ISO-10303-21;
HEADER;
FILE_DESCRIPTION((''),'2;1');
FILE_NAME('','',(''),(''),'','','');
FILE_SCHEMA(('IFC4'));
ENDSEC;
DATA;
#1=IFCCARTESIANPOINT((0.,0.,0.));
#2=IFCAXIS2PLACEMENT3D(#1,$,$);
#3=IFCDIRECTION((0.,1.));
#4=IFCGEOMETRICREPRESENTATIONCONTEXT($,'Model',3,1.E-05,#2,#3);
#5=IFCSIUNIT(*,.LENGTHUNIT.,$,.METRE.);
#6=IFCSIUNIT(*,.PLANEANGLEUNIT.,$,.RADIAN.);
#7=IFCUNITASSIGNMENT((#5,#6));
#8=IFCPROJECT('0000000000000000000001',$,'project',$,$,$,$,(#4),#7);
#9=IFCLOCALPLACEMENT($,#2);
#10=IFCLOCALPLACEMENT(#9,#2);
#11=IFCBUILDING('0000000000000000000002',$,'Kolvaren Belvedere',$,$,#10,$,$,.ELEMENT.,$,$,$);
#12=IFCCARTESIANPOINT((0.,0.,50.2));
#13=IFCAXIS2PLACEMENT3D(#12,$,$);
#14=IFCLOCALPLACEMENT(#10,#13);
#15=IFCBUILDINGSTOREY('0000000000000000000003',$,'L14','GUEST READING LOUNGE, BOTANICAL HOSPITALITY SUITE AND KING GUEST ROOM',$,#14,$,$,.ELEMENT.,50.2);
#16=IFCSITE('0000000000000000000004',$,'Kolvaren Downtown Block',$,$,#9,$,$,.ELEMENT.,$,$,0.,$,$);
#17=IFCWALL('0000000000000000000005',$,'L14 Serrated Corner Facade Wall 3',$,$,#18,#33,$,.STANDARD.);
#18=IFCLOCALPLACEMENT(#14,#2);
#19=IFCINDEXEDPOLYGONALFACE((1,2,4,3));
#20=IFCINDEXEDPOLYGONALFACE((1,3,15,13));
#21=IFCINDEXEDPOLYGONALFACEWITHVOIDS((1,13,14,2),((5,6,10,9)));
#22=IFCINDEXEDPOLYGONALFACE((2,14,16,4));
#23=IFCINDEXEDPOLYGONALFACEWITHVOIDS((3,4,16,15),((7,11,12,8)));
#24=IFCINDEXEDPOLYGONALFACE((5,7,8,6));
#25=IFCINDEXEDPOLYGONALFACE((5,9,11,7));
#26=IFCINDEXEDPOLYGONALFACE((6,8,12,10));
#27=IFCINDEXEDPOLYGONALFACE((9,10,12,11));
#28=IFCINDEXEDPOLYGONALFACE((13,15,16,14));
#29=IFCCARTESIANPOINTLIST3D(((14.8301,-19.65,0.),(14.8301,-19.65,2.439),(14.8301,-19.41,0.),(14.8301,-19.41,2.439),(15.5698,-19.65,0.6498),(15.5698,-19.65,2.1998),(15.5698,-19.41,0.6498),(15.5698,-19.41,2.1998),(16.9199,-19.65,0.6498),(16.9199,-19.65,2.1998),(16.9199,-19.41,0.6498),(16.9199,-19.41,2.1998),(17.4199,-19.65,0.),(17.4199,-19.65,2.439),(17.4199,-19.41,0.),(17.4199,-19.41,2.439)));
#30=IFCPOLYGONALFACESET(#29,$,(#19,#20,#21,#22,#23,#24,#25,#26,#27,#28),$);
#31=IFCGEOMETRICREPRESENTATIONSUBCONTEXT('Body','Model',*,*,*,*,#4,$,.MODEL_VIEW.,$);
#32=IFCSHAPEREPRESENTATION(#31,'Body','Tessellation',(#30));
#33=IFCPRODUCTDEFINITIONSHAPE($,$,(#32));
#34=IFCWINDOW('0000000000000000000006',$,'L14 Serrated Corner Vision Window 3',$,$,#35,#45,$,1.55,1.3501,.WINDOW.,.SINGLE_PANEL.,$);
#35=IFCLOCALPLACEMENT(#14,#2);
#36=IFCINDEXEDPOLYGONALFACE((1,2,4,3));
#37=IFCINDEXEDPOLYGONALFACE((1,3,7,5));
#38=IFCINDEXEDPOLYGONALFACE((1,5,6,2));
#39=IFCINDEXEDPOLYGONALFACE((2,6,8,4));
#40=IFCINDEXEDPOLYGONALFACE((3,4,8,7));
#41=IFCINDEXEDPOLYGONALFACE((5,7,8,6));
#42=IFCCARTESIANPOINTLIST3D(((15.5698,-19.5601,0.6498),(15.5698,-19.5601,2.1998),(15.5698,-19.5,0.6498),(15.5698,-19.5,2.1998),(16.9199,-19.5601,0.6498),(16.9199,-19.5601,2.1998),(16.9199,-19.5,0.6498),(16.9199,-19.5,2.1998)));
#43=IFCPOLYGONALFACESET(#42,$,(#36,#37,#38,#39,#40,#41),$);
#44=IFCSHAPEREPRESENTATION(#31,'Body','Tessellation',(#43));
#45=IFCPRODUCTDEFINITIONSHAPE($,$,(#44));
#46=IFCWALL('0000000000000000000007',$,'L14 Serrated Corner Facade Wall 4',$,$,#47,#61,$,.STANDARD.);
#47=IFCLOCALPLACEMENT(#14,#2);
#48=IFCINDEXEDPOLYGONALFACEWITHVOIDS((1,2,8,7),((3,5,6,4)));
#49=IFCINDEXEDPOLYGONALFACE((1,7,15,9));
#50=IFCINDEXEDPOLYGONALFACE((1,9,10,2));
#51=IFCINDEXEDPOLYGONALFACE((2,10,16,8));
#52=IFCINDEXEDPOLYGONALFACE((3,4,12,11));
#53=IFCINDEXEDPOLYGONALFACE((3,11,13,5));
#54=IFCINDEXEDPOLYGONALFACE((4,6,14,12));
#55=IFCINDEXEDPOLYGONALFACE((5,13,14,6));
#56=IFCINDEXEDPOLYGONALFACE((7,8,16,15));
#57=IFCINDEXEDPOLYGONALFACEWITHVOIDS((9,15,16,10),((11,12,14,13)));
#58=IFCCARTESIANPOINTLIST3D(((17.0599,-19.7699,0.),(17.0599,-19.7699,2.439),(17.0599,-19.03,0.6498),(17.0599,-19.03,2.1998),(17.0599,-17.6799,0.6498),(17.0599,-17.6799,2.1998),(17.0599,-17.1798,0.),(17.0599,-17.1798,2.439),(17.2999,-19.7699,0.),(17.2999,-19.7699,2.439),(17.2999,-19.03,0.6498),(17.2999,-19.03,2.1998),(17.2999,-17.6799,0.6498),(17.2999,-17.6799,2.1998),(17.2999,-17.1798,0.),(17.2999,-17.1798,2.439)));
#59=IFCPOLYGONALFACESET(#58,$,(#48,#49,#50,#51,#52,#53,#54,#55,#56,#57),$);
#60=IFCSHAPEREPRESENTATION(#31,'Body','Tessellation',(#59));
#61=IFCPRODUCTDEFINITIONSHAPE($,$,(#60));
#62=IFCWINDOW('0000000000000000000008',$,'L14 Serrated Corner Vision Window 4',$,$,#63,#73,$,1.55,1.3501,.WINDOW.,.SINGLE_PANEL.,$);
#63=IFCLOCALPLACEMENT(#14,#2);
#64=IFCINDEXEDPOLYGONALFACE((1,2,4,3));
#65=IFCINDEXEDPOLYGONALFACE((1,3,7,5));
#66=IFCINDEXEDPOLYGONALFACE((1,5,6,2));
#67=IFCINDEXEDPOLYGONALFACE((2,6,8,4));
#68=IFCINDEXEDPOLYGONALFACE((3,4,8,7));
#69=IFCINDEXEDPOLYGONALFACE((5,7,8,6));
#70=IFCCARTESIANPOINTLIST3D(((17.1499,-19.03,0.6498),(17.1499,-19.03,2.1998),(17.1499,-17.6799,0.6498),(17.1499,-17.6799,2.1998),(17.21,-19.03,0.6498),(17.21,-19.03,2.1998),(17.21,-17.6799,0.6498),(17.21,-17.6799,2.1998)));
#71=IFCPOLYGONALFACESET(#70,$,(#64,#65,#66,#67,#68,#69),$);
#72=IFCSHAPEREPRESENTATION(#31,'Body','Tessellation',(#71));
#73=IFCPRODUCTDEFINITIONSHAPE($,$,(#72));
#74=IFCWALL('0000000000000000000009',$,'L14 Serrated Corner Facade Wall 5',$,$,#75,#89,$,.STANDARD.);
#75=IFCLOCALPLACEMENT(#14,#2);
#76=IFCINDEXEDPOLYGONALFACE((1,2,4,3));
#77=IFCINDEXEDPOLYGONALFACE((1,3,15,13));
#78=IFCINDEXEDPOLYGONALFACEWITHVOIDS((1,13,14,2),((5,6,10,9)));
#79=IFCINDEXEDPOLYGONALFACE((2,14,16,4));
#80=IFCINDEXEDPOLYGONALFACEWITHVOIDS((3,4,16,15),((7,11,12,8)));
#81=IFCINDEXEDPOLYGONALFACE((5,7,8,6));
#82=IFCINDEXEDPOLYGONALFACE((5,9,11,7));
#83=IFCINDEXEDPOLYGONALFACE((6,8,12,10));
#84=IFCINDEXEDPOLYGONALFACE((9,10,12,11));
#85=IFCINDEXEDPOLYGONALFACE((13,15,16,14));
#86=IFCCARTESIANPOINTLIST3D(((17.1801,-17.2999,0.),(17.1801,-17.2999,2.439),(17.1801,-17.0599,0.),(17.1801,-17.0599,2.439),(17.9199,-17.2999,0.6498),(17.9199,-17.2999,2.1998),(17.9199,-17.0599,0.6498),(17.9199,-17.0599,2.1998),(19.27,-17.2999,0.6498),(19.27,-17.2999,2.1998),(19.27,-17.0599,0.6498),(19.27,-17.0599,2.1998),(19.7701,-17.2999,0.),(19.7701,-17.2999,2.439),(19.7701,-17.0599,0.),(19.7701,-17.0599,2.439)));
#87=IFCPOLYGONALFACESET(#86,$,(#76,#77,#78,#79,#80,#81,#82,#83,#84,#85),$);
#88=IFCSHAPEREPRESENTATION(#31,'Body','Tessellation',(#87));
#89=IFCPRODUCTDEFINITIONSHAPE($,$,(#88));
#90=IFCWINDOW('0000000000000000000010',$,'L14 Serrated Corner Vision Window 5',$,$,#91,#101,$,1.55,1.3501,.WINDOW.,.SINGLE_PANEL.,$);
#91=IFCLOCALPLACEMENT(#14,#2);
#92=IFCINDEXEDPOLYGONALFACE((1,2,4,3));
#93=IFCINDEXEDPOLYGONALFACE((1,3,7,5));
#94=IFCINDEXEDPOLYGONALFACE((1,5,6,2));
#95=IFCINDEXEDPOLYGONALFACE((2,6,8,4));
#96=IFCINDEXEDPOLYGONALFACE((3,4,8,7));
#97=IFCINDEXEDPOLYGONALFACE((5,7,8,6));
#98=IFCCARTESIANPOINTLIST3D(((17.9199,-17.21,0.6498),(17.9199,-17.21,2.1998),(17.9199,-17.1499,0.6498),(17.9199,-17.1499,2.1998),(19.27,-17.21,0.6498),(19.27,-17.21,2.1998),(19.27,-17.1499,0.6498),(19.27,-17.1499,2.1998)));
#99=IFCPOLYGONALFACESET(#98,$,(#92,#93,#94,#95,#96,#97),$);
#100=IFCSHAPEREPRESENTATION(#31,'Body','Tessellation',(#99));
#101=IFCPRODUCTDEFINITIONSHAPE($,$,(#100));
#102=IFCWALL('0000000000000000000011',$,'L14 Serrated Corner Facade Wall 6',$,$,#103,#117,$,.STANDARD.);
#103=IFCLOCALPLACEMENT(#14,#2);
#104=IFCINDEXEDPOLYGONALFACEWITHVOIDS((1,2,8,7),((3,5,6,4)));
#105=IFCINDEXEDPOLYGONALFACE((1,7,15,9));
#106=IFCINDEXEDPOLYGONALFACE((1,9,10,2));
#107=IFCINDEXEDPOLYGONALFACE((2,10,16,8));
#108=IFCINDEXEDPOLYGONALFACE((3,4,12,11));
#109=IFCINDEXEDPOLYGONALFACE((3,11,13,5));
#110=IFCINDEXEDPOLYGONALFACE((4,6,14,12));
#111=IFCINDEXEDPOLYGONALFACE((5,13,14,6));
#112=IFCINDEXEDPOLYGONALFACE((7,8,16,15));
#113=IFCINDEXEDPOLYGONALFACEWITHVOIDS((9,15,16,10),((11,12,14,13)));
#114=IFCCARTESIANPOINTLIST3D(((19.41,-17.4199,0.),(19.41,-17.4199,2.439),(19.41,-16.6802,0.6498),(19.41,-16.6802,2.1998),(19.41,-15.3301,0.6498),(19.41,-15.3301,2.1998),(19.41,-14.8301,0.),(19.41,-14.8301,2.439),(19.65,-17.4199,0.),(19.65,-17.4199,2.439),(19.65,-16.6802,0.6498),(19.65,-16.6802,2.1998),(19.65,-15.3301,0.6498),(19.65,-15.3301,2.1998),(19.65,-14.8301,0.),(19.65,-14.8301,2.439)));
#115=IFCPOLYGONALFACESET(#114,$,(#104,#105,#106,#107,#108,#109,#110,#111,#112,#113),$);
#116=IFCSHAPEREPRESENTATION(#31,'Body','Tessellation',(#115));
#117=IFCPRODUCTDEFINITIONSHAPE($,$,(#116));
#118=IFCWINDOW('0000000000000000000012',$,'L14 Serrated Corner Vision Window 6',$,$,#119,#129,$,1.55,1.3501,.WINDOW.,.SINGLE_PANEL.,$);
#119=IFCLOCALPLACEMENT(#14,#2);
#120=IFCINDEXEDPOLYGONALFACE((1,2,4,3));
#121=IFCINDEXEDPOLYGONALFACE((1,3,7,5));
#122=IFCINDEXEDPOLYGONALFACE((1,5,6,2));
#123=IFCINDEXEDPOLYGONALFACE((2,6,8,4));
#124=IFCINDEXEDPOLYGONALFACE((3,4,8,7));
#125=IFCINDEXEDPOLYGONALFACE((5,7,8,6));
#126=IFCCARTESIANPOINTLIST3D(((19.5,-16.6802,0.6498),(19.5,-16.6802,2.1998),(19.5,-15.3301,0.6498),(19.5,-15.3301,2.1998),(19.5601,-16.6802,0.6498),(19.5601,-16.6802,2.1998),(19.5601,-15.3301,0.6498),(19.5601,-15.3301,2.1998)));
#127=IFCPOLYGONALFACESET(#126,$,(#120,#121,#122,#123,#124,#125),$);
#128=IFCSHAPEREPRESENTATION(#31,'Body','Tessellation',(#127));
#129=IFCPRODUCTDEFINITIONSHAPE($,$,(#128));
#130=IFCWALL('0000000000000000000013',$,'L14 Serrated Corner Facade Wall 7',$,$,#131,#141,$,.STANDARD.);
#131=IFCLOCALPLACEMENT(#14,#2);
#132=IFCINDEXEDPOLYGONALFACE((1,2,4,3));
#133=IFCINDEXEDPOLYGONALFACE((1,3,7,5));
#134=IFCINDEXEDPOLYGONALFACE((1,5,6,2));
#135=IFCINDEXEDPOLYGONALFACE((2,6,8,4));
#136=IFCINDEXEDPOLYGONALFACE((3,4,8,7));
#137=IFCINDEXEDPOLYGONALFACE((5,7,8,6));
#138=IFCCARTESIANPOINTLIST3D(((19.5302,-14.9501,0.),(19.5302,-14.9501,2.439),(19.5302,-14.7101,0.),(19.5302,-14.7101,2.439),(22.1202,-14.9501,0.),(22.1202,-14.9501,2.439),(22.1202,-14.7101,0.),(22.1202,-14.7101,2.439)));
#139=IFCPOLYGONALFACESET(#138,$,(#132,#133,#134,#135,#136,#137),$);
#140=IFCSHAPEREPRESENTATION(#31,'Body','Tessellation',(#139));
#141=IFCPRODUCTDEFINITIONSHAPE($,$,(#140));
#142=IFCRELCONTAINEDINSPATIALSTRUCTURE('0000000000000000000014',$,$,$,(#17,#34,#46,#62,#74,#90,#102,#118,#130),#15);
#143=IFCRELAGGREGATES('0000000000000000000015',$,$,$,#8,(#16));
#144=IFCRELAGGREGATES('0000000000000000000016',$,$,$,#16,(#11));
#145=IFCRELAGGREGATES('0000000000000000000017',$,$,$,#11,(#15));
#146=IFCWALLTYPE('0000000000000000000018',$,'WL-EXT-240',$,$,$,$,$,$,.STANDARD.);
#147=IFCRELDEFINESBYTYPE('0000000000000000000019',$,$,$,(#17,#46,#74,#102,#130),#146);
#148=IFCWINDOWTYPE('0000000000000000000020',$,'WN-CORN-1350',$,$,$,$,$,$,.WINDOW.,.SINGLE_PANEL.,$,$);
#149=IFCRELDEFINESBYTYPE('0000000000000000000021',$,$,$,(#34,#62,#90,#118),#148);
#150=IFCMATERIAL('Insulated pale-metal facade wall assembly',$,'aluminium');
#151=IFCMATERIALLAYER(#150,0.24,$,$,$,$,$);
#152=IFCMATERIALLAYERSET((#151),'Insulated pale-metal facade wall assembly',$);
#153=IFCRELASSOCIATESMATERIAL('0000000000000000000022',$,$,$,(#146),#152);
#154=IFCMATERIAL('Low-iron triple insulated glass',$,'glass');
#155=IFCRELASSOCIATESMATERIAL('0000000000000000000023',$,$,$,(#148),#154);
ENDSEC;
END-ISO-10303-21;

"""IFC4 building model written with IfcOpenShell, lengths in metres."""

from ifc_helpers import new_model, si_unit, direction, frame, frame_2d, origin, place, context, subcontext, project, spatial, rectangle, extrude, material, layer, layer_set, type_object, element, fill, save


model = new_model("IFC4")

# Units and contexts
model_context = context("Model", 3, precision=1e-05, world=origin(), true_north=direction((0.0, 1.0)))
body_context = subcontext(model_context, "Body", "Model", "MODEL_VIEW")
ifc_project = project(units=[si_unit("LENGTHUNIT", "METRE"), si_unit("PLANEANGLEUNIT", "RADIAN")], contexts=[model_context])

# Site, building, storey
site_placement = place(None, origin())
site = spatial("IfcSite", under=ifc_project, at=site_placement, Name="Kolvaren Downtown Block", CompositionType="ELEMENT", RefElevation=0.0)
building_placement = place(site_placement, origin())
building = spatial("IfcBuilding", under=site, at=building_placement, Name="Kolvaren Belvedere", CompositionType="ELEMENT")
storey_placement = place(building_placement, frame((0.0, 0.0, 50.2)))
storey = spatial("IfcBuildingStorey", under=building, at=storey_placement, Name="L14", Description="GUEST READING LOUNGE, BOTANICAL HOSPITALITY SUITE AND KING GUEST ROOM", CompositionType="ELEMENT", Elevation=50.2)

# Shared definitions
ifc_material_1 = material(Name="Insulated pale-metal facade wall assembly", Category="aluminium")
ifc_layer_1 = layer(ifc_material_1, 0.24)
ifc_layer_set_1 = layer_set([ifc_layer_1], Name="Insulated pale-metal facade wall assembly")
wall_type = type_object("IfcWallType", Name="WL-EXT-240", PredefinedType="STANDARD", material=ifc_layer_set_1)

# Walls, openings, windows
wall_1_placement = place(storey_placement, frame((17.4199, -19.53, 0.0), z_axis=(0.0, 0.0, 1.0), x_axis=(-1.0, 0.0, 0.0)))
wall_1 = element("IfcWall", 1, at=wall_1_placement, inside=storey, type_object=wall_type, Name="L14 Serrated Corner Facade Wall 3", PredefinedType="STANDARD", context=body_context, shape_type="SweptSolid", body=[
    extrude(rectangle(XDim=2.5898, YDim=0.24, at=frame_2d((1.2949, 0.0))), origin(), (0.0, 0.0, 1.0), 2.439),
])
opening_1_placement = place(wall_1_placement, frame((0.5, 0.0, 0.6499)))
opening_1 = element("IfcOpeningElement", 2, at=opening_1_placement, cuts=wall_1, PredefinedType="OPENING", context=body_context, shape_type="SweptSolid", body=[
    extrude(rectangle(XDim=1.3501, YDim=1.55, at=frame_2d((0.675, 0.7749))), frame((0.0, 0.1299, 0.0), z_axis=(0.0, -1.0, 0.0), x_axis=(1.0, 0.0, 0.0)), (0.0, 0.0, 1.0), 0.26),
])
ifc_material_2 = material(Name="Low-iron triple insulated glass", Category="glass")
window_type = type_object("IfcWindowType", Name="WN-CORN-1350", PartitioningType="SINGLE_PANEL", PredefinedType="WINDOW", material=ifc_material_2)
window_1_placement = place(opening_1_placement, origin())
window_1 = element("IfcWindow", 3, at=window_1_placement, inside=storey, type_object=window_type, Name="L14 Serrated Corner Vision Window 3", OverallHeight=1.55, OverallWidth=1.3501, PartitioningType="SINGLE_PANEL", PredefinedType="WINDOW", context=body_context, shape_type="SweptSolid", body=[
    extrude(rectangle(XDim=1.3501, YDim=1.55, at=frame_2d((0.675, 0.7749))), frame((0.0, 0.03, 0.0), z_axis=(0.0, -1.0, 0.0), x_axis=(1.0, 0.0, 0.0)), (0.0, 0.0, 1.0), 0.0601),
])
fill(opening_1, window_1)
wall_2_placement = place(storey_placement, frame((17.1799, -17.1799, 0.0), z_axis=(0.0, 0.0, 1.0), x_axis=(0.0, -1.0, 0.0)))
wall_2 = element("IfcWall", 4, at=wall_2_placement, inside=storey, type_object=wall_type, Name="L14 Serrated Corner Facade Wall 4", PredefinedType="STANDARD", context=body_context, shape_type="SweptSolid", body=[
    extrude(rectangle(XDim=2.5901, YDim=0.24, at=frame_2d((1.2949, 0.0))), origin(), (0.0, 0.0, 1.0), 2.439),
])
opening_2_placement = place(wall_2_placement, frame((0.5, 0.0, 0.6499)))
opening_2 = element("IfcOpeningElement", 5, at=opening_2_placement, cuts=wall_2, PredefinedType="OPENING", context=body_context, shape_type="SweptSolid", body=[
    extrude(rectangle(XDim=1.3501, YDim=1.55, at=frame_2d((0.675, 0.7749))), frame((0.0, 0.1299, 0.0), z_axis=(0.0, -1.0, 0.0), x_axis=(1.0, 0.0, 0.0)), (0.0, 0.0, 1.0), 0.26),
])
window_2_placement = place(opening_2_placement, origin())
window_2 = element("IfcWindow", 6, at=window_2_placement, inside=storey, type_object=window_type, Name="L14 Serrated Corner Vision Window 4", OverallHeight=1.55, OverallWidth=1.3501, PartitioningType="SINGLE_PANEL", PredefinedType="WINDOW", context=body_context, shape_type="SweptSolid", body=[
    extrude(rectangle(XDim=1.3501, YDim=1.55, at=frame_2d((0.675, 0.7749))), frame((0.0, 0.03, 0.0), z_axis=(0.0, -1.0, 0.0), x_axis=(1.0, 0.0, 0.0)), (0.0, 0.0, 1.0), 0.0601),
])
fill(opening_2, window_2)
wall_3_placement = place(storey_placement, frame((19.77, -17.1799, 0.0), z_axis=(0.0, 0.0, 1.0), x_axis=(-1.0, 0.0, 0.0)))
wall_3 = element("IfcWall", 7, at=wall_3_placement, inside=storey, type_object=wall_type, Name="L14 Serrated Corner Facade Wall 5", PredefinedType="STANDARD", context=body_context, shape_type="SweptSolid", body=[
    extrude(rectangle(XDim=2.5901, YDim=0.24, at=frame_2d((1.2949, 0.0))), origin(), (0.0, 0.0, 1.0), 2.439),
])
opening_3_placement = place(wall_3_placement, frame((0.5, 0.0, 0.6499)))
opening_3 = element("IfcOpeningElement", 8, at=opening_3_placement, cuts=wall_3, PredefinedType="OPENING", context=body_context, shape_type="SweptSolid", body=[
    extrude(rectangle(XDim=1.3501, YDim=1.55, at=frame_2d((0.675, 0.7749))), frame((0.0, 0.1299, 0.0), z_axis=(0.0, -1.0, 0.0), x_axis=(1.0, 0.0, 0.0)), (0.0, 0.0, 1.0), 0.26),
])
window_3_placement = place(opening_3_placement, origin())
window_3 = element("IfcWindow", 9, at=window_3_placement, inside=storey, type_object=window_type, Name="L14 Serrated Corner Vision Window 5", OverallHeight=1.55, OverallWidth=1.3501, PartitioningType="SINGLE_PANEL", PredefinedType="WINDOW", context=body_context, shape_type="SweptSolid", body=[
    extrude(rectangle(XDim=1.3501, YDim=1.55, at=frame_2d((0.675, 0.7749))), frame((0.0, 0.03, 0.0), z_axis=(0.0, -1.0, 0.0), x_axis=(1.0, 0.0, 0.0)), (0.0, 0.0, 1.0), 0.0601),
])
fill(opening_3, window_3)
wall_4_placement = place(storey_placement, frame((19.53, -14.8301, 0.0), z_axis=(0.0, 0.0, 1.0), x_axis=(0.0, -1.0, 0.0)))
wall_4 = element("IfcWall", 10, at=wall_4_placement, inside=storey, type_object=wall_type, Name="L14 Serrated Corner Facade Wall 6", PredefinedType="STANDARD", context=body_context, shape_type="SweptSolid", body=[
    extrude(rectangle(XDim=2.5898, YDim=0.24, at=frame_2d((1.2949, 0.0))), origin(), (0.0, 0.0, 1.0), 2.439),
])
opening_4_placement = place(wall_4_placement, frame((0.5, 0.0, 0.6499)))
opening_4 = element("IfcOpeningElement", 11, at=opening_4_placement, cuts=wall_4, PredefinedType="OPENING", context=body_context, shape_type="SweptSolid", body=[
    extrude(rectangle(XDim=1.3501, YDim=1.55, at=frame_2d((0.675, 0.7749))), frame((0.0, 0.1299, 0.0), z_axis=(0.0, -1.0, 0.0), x_axis=(1.0, 0.0, 0.0)), (0.0, 0.0, 1.0), 0.26),
])
window_4_placement = place(opening_4_placement, origin())
window_4 = element("IfcWindow", 12, at=window_4_placement, inside=storey, type_object=window_type, Name="L14 Serrated Corner Vision Window 6", OverallHeight=1.55, OverallWidth=1.3501, PartitioningType="SINGLE_PANEL", PredefinedType="WINDOW", context=body_context, shape_type="SweptSolid", body=[
    extrude(rectangle(XDim=1.3501, YDim=1.55, at=frame_2d((0.675, 0.7749))), frame((0.0, 0.03, 0.0), z_axis=(0.0, -1.0, 0.0), x_axis=(1.0, 0.0, 0.0)), (0.0, 0.0, 1.0), 0.0601),
])
fill(opening_4, window_4)

# Wall
wall_5_placement = place(storey_placement, frame((22.1201, -14.8301, 0.0), z_axis=(0.0, 0.0, 1.0), x_axis=(-1.0, 0.0, 0.0)))
element("IfcWall", 13, at=wall_5_placement, inside=storey, type_object=wall_type, Name="L14 Serrated Corner Facade Wall 7", PredefinedType="STANDARD", context=body_context, shape_type="SweptSolid", body=[
    extrude(rectangle(XDim=2.5901, YDim=0.24, at=frame_2d((1.2949, 0.0))), origin(), (0.0, 0.0, 1.0), 2.439),
])

save(model, "model.ifc")
